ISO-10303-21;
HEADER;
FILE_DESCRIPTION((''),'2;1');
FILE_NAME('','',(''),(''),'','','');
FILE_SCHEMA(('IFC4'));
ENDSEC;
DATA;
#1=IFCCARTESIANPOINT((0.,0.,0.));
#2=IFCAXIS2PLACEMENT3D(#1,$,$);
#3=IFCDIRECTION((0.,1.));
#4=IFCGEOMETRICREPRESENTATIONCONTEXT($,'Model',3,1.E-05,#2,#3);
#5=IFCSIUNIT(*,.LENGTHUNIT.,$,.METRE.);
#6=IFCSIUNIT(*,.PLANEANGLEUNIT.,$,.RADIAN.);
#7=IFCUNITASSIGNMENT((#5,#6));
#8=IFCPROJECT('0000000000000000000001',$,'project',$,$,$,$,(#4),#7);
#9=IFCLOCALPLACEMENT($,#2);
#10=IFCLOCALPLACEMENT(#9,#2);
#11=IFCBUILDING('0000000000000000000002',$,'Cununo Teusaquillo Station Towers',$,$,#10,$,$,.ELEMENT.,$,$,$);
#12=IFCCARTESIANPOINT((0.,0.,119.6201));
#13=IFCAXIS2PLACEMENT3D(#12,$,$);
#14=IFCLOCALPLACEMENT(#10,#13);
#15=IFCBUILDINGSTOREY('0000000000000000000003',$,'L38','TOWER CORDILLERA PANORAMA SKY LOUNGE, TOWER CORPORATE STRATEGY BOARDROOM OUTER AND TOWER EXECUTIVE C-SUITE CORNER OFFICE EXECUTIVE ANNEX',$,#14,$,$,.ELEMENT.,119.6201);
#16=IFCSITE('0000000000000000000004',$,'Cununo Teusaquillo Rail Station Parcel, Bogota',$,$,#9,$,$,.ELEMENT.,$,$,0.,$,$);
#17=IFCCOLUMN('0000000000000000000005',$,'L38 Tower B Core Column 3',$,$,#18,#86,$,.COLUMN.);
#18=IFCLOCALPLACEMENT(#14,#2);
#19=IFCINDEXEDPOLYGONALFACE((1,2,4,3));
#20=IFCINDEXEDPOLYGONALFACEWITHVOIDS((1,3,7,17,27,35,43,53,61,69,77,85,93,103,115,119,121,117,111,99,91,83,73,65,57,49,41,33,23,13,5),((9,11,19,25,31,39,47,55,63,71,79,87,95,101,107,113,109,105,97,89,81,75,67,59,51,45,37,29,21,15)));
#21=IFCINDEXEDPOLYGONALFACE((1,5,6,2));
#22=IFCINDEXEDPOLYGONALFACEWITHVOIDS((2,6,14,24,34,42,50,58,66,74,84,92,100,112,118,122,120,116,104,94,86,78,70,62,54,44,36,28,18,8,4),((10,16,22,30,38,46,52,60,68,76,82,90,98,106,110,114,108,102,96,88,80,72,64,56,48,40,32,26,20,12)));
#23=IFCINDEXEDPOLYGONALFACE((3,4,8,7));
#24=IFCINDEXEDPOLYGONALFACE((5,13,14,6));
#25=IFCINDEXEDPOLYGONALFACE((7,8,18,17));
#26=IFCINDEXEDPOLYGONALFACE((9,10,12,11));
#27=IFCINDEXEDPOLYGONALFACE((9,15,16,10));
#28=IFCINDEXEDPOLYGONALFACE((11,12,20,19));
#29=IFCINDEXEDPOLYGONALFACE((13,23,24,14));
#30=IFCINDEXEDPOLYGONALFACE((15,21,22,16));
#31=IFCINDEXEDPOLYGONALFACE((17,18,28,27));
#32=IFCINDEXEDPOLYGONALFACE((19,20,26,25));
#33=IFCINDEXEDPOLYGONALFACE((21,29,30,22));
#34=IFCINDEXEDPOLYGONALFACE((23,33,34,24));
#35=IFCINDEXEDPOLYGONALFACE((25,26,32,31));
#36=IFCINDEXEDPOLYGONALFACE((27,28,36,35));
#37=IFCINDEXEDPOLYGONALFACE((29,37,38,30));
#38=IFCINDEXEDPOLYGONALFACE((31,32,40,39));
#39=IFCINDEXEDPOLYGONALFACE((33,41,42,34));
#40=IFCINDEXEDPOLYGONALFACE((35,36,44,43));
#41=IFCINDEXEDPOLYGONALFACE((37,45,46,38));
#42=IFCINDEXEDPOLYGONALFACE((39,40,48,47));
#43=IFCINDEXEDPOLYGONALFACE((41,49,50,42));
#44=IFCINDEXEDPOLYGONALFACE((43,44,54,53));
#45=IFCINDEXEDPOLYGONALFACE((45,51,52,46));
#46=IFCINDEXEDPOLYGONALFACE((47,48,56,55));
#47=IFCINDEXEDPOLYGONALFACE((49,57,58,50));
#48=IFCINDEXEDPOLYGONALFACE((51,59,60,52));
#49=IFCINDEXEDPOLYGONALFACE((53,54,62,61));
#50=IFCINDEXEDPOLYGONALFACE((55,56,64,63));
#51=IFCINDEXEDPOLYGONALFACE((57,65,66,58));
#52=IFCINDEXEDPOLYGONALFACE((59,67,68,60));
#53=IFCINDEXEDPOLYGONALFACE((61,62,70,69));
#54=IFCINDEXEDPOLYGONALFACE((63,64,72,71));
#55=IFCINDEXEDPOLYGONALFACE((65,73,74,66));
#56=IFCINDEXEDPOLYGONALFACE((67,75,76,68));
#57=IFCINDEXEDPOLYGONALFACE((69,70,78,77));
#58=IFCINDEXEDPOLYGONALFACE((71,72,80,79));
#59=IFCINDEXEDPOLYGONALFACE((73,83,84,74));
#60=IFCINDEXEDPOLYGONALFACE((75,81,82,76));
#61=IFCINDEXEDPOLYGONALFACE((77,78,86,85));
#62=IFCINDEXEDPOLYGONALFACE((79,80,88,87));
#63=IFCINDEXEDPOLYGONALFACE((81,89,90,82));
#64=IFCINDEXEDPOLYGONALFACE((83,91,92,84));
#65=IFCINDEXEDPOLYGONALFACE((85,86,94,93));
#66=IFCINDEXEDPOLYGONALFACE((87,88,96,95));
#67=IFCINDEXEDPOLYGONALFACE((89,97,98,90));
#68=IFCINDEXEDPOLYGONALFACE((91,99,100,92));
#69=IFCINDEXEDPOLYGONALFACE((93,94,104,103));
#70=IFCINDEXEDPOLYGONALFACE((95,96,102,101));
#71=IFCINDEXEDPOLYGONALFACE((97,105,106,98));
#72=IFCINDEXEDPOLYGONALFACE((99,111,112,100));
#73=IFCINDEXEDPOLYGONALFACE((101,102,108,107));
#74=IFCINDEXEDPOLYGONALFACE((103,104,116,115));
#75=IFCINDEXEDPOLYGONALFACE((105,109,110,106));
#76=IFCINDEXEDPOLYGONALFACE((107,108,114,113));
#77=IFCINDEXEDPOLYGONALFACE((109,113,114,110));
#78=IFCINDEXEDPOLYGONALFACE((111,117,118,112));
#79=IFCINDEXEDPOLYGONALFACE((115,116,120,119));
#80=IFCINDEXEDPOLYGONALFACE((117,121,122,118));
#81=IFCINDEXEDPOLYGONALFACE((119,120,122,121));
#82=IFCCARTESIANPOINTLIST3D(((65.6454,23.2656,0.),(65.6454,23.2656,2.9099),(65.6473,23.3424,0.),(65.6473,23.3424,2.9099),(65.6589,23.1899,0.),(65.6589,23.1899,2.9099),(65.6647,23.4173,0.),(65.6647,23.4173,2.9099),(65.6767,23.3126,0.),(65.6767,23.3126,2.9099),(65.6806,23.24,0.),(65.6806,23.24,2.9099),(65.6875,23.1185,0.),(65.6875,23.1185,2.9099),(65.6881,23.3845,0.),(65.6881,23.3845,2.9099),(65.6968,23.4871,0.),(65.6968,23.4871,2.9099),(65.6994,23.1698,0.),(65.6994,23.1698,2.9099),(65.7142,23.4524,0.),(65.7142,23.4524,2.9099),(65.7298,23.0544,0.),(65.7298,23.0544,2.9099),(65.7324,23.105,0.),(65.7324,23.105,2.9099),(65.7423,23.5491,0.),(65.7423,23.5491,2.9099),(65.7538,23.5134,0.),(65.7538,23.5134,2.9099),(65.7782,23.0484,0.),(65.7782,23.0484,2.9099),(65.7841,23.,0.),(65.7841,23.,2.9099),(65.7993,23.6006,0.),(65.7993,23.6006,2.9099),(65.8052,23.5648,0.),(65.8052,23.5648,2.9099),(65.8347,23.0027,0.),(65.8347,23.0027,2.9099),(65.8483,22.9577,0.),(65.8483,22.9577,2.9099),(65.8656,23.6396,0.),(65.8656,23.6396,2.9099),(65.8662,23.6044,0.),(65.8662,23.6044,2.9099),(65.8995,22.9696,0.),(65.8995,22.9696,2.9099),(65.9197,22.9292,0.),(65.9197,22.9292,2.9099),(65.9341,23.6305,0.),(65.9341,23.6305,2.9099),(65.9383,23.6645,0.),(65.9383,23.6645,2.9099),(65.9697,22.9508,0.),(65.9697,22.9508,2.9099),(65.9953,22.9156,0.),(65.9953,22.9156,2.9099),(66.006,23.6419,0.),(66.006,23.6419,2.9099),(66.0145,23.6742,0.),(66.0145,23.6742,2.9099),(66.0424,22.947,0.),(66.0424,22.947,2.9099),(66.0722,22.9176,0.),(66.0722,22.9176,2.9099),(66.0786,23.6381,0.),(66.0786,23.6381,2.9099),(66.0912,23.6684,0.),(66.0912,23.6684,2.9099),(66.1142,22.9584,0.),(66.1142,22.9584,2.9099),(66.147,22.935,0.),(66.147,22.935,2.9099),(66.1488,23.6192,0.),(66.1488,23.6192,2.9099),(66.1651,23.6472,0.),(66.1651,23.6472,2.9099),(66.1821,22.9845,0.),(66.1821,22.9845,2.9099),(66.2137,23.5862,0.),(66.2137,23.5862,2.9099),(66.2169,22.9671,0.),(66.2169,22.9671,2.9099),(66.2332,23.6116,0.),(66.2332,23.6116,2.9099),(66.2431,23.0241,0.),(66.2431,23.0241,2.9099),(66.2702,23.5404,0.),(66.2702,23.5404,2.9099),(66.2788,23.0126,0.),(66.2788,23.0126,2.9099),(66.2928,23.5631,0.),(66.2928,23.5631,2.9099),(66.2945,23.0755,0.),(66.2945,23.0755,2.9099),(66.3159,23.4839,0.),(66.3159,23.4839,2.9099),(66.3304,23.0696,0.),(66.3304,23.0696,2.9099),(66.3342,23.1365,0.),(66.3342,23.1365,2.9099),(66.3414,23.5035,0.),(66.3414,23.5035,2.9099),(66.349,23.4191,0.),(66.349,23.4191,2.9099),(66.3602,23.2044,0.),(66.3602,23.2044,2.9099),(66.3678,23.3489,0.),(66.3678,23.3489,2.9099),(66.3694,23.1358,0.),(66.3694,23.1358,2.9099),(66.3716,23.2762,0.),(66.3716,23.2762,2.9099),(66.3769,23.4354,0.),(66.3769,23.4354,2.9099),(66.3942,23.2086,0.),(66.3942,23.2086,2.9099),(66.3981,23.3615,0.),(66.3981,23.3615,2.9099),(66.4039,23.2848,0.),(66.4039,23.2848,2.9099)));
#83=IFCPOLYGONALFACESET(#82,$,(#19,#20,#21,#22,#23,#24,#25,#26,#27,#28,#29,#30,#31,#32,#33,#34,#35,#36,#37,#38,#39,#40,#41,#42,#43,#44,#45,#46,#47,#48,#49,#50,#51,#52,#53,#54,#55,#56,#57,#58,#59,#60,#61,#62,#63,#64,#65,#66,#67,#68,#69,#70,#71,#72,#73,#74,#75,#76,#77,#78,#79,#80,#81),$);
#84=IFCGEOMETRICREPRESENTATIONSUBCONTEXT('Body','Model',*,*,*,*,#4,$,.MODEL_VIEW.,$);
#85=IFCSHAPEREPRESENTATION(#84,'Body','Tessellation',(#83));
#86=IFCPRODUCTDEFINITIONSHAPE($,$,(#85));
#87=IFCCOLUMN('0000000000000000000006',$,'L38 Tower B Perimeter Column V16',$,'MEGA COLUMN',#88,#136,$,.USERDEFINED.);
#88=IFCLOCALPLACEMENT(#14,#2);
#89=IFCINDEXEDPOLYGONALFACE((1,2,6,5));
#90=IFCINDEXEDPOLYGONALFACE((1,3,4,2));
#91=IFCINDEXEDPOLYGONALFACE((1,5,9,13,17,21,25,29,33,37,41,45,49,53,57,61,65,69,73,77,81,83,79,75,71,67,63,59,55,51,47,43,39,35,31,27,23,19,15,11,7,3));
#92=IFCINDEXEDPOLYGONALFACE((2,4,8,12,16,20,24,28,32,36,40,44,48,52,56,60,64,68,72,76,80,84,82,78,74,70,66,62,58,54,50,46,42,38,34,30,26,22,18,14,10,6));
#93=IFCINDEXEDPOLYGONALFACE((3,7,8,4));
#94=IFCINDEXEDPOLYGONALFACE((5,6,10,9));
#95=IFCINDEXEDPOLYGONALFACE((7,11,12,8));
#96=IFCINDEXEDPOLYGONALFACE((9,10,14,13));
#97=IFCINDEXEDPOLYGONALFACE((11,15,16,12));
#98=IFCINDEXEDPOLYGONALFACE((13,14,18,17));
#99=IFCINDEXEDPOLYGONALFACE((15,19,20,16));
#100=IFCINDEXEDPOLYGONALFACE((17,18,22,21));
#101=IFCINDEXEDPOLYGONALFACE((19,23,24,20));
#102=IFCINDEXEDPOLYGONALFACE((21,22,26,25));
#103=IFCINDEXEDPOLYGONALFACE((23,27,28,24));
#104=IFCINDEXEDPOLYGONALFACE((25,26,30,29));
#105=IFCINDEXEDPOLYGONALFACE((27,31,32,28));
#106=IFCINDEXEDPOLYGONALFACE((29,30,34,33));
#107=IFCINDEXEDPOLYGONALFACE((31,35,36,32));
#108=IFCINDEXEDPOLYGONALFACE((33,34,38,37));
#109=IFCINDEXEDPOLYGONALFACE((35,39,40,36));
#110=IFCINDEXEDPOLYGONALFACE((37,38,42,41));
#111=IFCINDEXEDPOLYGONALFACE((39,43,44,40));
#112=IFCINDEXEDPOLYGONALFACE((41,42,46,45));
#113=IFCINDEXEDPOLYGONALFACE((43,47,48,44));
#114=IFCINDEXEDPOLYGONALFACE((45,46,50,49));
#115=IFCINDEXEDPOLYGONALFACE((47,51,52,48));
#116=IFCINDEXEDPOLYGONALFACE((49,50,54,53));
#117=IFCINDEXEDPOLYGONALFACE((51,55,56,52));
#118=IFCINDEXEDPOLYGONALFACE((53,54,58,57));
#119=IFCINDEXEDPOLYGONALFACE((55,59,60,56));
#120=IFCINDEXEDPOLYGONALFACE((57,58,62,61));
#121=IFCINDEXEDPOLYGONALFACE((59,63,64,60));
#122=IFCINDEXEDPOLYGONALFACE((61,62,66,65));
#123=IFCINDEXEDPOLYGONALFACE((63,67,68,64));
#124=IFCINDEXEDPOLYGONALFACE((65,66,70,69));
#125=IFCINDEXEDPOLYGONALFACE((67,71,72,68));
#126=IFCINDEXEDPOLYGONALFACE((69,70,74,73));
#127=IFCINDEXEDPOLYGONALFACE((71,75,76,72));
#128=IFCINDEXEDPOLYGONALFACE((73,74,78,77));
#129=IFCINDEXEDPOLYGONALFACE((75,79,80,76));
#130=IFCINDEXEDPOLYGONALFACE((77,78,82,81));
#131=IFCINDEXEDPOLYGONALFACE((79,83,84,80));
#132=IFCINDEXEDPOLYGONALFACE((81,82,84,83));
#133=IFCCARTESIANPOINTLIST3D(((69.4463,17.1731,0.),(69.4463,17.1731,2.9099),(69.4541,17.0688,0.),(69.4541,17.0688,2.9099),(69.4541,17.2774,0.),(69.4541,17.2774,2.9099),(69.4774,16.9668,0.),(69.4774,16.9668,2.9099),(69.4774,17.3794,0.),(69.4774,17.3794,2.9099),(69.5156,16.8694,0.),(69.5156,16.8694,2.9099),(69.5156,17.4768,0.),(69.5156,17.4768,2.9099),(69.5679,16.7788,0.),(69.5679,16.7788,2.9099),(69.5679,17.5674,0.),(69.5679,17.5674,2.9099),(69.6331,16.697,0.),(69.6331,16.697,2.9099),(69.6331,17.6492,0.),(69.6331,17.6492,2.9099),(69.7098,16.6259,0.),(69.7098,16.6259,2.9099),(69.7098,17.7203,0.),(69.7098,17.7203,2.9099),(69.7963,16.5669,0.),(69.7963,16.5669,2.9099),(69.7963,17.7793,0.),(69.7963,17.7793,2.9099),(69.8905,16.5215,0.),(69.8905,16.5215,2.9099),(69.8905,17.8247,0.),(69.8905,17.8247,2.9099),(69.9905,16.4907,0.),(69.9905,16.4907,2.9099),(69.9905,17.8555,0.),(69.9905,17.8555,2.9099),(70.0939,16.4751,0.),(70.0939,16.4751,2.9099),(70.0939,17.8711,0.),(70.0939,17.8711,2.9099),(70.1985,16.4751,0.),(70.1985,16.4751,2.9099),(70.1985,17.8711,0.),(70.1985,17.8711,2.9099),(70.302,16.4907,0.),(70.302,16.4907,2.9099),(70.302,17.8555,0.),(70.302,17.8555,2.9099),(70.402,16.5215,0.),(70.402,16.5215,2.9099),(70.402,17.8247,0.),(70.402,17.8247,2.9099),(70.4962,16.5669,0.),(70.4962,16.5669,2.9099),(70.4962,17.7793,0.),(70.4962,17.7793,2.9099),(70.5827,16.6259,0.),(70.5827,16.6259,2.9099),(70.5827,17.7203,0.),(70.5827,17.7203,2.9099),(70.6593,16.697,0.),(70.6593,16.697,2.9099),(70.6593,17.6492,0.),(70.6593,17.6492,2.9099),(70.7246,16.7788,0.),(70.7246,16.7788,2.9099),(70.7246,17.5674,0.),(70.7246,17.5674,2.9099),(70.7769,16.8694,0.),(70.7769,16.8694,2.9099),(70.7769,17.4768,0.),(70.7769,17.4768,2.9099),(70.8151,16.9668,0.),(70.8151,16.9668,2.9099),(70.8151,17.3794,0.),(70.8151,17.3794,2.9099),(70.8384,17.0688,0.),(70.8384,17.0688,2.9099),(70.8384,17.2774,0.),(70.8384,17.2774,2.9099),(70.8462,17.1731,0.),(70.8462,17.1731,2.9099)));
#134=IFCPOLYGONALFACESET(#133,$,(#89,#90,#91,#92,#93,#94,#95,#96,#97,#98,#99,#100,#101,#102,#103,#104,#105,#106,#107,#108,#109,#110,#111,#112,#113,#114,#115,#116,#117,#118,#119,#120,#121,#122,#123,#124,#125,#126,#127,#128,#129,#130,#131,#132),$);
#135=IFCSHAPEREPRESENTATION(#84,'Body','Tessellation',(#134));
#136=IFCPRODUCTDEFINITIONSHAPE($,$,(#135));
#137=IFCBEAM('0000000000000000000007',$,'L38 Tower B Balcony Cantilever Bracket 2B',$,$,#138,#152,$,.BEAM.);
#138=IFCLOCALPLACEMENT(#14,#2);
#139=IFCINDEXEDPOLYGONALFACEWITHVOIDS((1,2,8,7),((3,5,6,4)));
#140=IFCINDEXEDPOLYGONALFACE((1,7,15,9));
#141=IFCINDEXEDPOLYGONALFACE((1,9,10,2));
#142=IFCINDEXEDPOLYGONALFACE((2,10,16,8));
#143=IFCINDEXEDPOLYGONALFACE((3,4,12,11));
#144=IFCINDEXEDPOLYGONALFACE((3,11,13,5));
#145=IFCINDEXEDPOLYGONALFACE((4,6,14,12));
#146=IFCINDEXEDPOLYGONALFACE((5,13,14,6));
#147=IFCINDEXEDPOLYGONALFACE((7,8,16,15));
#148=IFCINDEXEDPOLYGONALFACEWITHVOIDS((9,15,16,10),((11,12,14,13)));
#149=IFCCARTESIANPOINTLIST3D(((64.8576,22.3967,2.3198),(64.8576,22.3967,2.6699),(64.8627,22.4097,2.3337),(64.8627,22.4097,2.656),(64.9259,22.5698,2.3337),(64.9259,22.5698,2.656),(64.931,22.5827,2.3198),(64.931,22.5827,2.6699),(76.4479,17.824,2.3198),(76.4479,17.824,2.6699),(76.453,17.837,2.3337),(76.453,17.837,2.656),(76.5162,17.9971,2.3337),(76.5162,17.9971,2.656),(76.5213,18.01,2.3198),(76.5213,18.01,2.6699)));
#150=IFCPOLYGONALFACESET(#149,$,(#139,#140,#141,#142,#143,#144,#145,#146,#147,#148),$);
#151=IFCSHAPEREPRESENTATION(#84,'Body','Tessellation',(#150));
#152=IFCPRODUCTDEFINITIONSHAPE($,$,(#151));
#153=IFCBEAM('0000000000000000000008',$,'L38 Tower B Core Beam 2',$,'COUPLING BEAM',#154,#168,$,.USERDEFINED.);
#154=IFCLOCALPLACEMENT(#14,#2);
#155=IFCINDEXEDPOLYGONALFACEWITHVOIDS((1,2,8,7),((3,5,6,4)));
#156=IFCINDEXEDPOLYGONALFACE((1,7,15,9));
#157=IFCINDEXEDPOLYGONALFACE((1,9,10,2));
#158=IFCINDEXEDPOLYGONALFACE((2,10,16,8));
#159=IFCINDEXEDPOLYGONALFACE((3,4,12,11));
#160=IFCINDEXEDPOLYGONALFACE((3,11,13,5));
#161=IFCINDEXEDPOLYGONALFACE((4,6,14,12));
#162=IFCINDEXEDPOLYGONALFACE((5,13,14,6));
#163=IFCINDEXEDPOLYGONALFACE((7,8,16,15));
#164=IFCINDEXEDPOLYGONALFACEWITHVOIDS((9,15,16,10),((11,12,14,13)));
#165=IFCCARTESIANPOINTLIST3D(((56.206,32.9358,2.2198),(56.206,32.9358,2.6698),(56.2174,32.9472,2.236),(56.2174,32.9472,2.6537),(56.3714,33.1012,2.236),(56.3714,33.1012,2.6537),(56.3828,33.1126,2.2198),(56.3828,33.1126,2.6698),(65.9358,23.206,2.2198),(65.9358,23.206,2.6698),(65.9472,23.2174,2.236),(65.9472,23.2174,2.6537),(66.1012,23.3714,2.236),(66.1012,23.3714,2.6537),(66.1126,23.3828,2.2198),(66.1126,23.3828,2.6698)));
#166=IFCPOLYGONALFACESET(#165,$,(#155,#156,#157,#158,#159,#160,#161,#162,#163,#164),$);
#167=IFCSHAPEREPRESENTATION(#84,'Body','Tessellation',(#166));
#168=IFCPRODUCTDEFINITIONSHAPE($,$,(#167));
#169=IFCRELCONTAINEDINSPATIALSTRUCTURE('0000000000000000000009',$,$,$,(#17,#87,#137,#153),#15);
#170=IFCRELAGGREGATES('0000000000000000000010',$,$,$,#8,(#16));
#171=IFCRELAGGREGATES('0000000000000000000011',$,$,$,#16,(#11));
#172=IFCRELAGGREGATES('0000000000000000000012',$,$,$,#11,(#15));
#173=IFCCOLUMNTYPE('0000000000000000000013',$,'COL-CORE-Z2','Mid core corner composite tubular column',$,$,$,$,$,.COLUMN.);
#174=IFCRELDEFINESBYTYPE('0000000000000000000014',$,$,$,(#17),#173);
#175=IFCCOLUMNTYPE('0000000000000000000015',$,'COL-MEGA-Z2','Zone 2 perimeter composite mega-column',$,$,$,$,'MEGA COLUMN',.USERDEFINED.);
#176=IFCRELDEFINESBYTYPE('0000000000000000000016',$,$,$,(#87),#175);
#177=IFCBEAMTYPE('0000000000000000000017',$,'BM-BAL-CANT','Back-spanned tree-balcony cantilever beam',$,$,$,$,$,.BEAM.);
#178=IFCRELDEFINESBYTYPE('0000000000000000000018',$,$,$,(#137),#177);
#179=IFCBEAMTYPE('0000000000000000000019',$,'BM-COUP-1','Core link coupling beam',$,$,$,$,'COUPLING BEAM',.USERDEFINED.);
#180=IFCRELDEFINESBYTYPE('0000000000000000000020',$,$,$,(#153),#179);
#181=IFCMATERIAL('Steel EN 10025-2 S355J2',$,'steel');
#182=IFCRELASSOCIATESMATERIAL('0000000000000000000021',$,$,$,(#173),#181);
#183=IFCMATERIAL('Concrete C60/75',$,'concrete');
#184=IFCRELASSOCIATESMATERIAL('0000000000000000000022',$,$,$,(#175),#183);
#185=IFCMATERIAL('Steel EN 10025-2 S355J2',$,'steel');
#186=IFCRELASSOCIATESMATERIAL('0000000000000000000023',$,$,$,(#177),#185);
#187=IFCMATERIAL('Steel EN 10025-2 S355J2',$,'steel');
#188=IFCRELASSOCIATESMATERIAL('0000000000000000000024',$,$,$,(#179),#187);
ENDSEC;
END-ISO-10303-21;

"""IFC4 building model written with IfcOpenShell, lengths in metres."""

from ifc_helpers import new_model, si_unit, direction, frame, origin, origin_2d, place, context, subcontext, project, spatial, hollow_rectangle, circle, hollow_circle, extrude, material, material_profile, profile_set, type_object, element, save


model = new_model("IFC4")

# Units and contexts
model_context = context("Model", 3, precision=1e-05, world=origin(), true_north=direction((0.0, 1.0)))
body_context = subcontext(model_context, "Body", "Model", "MODEL_VIEW")
ifc_project = project(units=[si_unit("LENGTHUNIT", "METRE"), si_unit("PLANEANGLEUNIT", "RADIAN")], contexts=[model_context])

# Site, building, storey
site_placement = place(None, origin())
site = spatial("IfcSite", under=ifc_project, at=site_placement, Name="Cununo Teusaquillo Rail Station Parcel, Bogota", CompositionType="ELEMENT", RefElevation=0.0)
building_placement = place(site_placement, origin())
building = spatial("IfcBuilding", under=site, at=building_placement, Name="Cununo Teusaquillo Station Towers", CompositionType="ELEMENT")
storey_placement = place(building_placement, frame((0.0, 0.0, 119.6201)))
storey = spatial("IfcBuildingStorey", under=building, at=storey_placement, Name="L38", Description="TOWER CORDILLERA PANORAMA SKY LOUNGE, TOWER CORPORATE STRATEGY BOARDROOM OUTER AND TOWER EXECUTIVE C-SUITE CORNER OFFICE EXECUTIVE ANNEX", CompositionType="ELEMENT", Elevation=119.6201)

# Columns
ifc_material_1 = material(Name="Steel EN 10025-2 S355J2", Category="steel")
ifc_material_profile_1 = material_profile(ifc_material_1, hollow_circle(Radius=0.3799, WallThickness=0.032, at=origin_2d()), Name="CHS 760x32")
ifc_profile_set_1 = profile_set([ifc_material_profile_1], Name="Steel EN 10025-2 S355J2")
column_type_1 = type_object("IfcColumnType", Name="COL-CORE-Z2", Description="Mid core corner composite tubular column", PredefinedType="COLUMN", material=ifc_profile_set_1)
column_1_placement = place(storey_placement, frame((66.0242, 23.2944, 0.0), z_axis=(0.0, 0.0, 1.0), x_axis=(0.707107, 0.707107, 0.0)))
element("IfcColumn", 1, at=column_1_placement, inside=storey, type_object=column_type_1, Name="L38 Tower B Core Column 3", PredefinedType="COLUMN", context=body_context, shape_type="SweptSolid", body=[
    extrude(hollow_circle(Radius=0.3799, WallThickness=0.032, at=origin_2d()), origin(), (0.0, 0.0, 1.0), 2.9099),
])
ifc_material_2 = material(Name="Concrete C60/75", Category="concrete")
ifc_material_profile_2 = material_profile(ifc_material_2, circle(Radius=0.7, at=origin_2d()), Name="RC-CIRC-1400")
ifc_profile_set_2 = profile_set([ifc_material_profile_2], Name="Concrete C60/75")
column_type_2 = type_object("IfcColumnType", Name="COL-MEGA-Z2", Description="Zone 2 perimeter composite mega-column", ElementType="MEGA COLUMN", PredefinedType="USERDEFINED", material=ifc_profile_set_2)
column_2_placement = place(storey_placement, frame((70.1462, 17.1731, 0.0), z_axis=(0.0, 0.0, 1.0), x_axis=(1.0, 0.0, 0.0)))
element("IfcColumn", 2, at=column_2_placement, inside=storey, type_object=column_type_2, Name="L38 Tower B Perimeter Column V16", ObjectType="MEGA COLUMN", PredefinedType="USERDEFINED", context=body_context, shape_type="SweptSolid", body=[
    extrude(circle(Radius=0.7, at=origin_2d()), origin(), (0.0, 0.0, 1.0), 2.9099),
])

# Beams
ifc_material_3 = material(Name="Steel EN 10025-2 S355J2", Category="steel")
ifc_material_profile_3 = material_profile(ifc_material_3, hollow_rectangle(XDim=0.2, YDim=0.3501, WallThickness=0.0139, at=origin_2d()), Name="RHS 350x200x14")
ifc_profile_set_3 = profile_set([ifc_material_profile_3], Name="Steel EN 10025-2 S355J2")
beam_type_1 = type_object("IfcBeamType", Name="BM-BAL-CANT", Description="Back-spanned tree-balcony cantilever beam", PredefinedType="BEAM", material=ifc_profile_set_3)
beam_1_placement = place(storey_placement, frame((64.8943, 22.4897, 2.4949), z_axis=(0.93022, -0.367001, 0.0), x_axis=(0.367001, 0.93022, 0.0)))
element("IfcBeam", 3, at=beam_1_placement, inside=storey, type_object=beam_type_1, Name="L38 Tower B Balcony Cantilever Bracket 2B", PredefinedType="BEAM", context=body_context, shape_type="SweptSolid", body=[
    extrude(hollow_rectangle(XDim=0.2, YDim=0.3501, WallThickness=0.0139, at=origin_2d()), origin(), (0.0, 0.0, 1.0), 12.4597),
])
ifc_material_4 = material(Name="Steel EN 10025-2 S355J2", Category="steel")
ifc_material_profile_4 = material_profile(ifc_material_4, hollow_rectangle(XDim=0.25, YDim=0.45, WallThickness=0.0161, at=origin_2d()), Name="RHS 450x250x16")
ifc_profile_set_4 = profile_set([ifc_material_profile_4], Name="Steel EN 10025-2 S355J2")
beam_type_2 = type_object("IfcBeamType", Name="BM-COUP-1", Description="Core link coupling beam", ElementType="COUPLING BEAM", PredefinedType="USERDEFINED", material=ifc_profile_set_4)
beam_2_placement = place(storey_placement, frame((66.0242, 23.2944, 2.4448), z_axis=(-0.707107, 0.707107, 0.0), x_axis=(-0.707107, -0.707107, 0.0)))
element("IfcBeam", 4, at=beam_2_placement, inside=storey, type_object=beam_type_2, Name="L38 Tower B Core Beam 2", ObjectType="COUPLING BEAM", PredefinedType="USERDEFINED", context=body_context, shape_type="SweptSolid", body=[
    extrude(hollow_rectangle(XDim=0.25, YDim=0.45, WallThickness=0.0161, at=origin_2d()), origin(), (0.0, 0.0, 1.0), 13.76),
])

save(model, "model.ifc")
